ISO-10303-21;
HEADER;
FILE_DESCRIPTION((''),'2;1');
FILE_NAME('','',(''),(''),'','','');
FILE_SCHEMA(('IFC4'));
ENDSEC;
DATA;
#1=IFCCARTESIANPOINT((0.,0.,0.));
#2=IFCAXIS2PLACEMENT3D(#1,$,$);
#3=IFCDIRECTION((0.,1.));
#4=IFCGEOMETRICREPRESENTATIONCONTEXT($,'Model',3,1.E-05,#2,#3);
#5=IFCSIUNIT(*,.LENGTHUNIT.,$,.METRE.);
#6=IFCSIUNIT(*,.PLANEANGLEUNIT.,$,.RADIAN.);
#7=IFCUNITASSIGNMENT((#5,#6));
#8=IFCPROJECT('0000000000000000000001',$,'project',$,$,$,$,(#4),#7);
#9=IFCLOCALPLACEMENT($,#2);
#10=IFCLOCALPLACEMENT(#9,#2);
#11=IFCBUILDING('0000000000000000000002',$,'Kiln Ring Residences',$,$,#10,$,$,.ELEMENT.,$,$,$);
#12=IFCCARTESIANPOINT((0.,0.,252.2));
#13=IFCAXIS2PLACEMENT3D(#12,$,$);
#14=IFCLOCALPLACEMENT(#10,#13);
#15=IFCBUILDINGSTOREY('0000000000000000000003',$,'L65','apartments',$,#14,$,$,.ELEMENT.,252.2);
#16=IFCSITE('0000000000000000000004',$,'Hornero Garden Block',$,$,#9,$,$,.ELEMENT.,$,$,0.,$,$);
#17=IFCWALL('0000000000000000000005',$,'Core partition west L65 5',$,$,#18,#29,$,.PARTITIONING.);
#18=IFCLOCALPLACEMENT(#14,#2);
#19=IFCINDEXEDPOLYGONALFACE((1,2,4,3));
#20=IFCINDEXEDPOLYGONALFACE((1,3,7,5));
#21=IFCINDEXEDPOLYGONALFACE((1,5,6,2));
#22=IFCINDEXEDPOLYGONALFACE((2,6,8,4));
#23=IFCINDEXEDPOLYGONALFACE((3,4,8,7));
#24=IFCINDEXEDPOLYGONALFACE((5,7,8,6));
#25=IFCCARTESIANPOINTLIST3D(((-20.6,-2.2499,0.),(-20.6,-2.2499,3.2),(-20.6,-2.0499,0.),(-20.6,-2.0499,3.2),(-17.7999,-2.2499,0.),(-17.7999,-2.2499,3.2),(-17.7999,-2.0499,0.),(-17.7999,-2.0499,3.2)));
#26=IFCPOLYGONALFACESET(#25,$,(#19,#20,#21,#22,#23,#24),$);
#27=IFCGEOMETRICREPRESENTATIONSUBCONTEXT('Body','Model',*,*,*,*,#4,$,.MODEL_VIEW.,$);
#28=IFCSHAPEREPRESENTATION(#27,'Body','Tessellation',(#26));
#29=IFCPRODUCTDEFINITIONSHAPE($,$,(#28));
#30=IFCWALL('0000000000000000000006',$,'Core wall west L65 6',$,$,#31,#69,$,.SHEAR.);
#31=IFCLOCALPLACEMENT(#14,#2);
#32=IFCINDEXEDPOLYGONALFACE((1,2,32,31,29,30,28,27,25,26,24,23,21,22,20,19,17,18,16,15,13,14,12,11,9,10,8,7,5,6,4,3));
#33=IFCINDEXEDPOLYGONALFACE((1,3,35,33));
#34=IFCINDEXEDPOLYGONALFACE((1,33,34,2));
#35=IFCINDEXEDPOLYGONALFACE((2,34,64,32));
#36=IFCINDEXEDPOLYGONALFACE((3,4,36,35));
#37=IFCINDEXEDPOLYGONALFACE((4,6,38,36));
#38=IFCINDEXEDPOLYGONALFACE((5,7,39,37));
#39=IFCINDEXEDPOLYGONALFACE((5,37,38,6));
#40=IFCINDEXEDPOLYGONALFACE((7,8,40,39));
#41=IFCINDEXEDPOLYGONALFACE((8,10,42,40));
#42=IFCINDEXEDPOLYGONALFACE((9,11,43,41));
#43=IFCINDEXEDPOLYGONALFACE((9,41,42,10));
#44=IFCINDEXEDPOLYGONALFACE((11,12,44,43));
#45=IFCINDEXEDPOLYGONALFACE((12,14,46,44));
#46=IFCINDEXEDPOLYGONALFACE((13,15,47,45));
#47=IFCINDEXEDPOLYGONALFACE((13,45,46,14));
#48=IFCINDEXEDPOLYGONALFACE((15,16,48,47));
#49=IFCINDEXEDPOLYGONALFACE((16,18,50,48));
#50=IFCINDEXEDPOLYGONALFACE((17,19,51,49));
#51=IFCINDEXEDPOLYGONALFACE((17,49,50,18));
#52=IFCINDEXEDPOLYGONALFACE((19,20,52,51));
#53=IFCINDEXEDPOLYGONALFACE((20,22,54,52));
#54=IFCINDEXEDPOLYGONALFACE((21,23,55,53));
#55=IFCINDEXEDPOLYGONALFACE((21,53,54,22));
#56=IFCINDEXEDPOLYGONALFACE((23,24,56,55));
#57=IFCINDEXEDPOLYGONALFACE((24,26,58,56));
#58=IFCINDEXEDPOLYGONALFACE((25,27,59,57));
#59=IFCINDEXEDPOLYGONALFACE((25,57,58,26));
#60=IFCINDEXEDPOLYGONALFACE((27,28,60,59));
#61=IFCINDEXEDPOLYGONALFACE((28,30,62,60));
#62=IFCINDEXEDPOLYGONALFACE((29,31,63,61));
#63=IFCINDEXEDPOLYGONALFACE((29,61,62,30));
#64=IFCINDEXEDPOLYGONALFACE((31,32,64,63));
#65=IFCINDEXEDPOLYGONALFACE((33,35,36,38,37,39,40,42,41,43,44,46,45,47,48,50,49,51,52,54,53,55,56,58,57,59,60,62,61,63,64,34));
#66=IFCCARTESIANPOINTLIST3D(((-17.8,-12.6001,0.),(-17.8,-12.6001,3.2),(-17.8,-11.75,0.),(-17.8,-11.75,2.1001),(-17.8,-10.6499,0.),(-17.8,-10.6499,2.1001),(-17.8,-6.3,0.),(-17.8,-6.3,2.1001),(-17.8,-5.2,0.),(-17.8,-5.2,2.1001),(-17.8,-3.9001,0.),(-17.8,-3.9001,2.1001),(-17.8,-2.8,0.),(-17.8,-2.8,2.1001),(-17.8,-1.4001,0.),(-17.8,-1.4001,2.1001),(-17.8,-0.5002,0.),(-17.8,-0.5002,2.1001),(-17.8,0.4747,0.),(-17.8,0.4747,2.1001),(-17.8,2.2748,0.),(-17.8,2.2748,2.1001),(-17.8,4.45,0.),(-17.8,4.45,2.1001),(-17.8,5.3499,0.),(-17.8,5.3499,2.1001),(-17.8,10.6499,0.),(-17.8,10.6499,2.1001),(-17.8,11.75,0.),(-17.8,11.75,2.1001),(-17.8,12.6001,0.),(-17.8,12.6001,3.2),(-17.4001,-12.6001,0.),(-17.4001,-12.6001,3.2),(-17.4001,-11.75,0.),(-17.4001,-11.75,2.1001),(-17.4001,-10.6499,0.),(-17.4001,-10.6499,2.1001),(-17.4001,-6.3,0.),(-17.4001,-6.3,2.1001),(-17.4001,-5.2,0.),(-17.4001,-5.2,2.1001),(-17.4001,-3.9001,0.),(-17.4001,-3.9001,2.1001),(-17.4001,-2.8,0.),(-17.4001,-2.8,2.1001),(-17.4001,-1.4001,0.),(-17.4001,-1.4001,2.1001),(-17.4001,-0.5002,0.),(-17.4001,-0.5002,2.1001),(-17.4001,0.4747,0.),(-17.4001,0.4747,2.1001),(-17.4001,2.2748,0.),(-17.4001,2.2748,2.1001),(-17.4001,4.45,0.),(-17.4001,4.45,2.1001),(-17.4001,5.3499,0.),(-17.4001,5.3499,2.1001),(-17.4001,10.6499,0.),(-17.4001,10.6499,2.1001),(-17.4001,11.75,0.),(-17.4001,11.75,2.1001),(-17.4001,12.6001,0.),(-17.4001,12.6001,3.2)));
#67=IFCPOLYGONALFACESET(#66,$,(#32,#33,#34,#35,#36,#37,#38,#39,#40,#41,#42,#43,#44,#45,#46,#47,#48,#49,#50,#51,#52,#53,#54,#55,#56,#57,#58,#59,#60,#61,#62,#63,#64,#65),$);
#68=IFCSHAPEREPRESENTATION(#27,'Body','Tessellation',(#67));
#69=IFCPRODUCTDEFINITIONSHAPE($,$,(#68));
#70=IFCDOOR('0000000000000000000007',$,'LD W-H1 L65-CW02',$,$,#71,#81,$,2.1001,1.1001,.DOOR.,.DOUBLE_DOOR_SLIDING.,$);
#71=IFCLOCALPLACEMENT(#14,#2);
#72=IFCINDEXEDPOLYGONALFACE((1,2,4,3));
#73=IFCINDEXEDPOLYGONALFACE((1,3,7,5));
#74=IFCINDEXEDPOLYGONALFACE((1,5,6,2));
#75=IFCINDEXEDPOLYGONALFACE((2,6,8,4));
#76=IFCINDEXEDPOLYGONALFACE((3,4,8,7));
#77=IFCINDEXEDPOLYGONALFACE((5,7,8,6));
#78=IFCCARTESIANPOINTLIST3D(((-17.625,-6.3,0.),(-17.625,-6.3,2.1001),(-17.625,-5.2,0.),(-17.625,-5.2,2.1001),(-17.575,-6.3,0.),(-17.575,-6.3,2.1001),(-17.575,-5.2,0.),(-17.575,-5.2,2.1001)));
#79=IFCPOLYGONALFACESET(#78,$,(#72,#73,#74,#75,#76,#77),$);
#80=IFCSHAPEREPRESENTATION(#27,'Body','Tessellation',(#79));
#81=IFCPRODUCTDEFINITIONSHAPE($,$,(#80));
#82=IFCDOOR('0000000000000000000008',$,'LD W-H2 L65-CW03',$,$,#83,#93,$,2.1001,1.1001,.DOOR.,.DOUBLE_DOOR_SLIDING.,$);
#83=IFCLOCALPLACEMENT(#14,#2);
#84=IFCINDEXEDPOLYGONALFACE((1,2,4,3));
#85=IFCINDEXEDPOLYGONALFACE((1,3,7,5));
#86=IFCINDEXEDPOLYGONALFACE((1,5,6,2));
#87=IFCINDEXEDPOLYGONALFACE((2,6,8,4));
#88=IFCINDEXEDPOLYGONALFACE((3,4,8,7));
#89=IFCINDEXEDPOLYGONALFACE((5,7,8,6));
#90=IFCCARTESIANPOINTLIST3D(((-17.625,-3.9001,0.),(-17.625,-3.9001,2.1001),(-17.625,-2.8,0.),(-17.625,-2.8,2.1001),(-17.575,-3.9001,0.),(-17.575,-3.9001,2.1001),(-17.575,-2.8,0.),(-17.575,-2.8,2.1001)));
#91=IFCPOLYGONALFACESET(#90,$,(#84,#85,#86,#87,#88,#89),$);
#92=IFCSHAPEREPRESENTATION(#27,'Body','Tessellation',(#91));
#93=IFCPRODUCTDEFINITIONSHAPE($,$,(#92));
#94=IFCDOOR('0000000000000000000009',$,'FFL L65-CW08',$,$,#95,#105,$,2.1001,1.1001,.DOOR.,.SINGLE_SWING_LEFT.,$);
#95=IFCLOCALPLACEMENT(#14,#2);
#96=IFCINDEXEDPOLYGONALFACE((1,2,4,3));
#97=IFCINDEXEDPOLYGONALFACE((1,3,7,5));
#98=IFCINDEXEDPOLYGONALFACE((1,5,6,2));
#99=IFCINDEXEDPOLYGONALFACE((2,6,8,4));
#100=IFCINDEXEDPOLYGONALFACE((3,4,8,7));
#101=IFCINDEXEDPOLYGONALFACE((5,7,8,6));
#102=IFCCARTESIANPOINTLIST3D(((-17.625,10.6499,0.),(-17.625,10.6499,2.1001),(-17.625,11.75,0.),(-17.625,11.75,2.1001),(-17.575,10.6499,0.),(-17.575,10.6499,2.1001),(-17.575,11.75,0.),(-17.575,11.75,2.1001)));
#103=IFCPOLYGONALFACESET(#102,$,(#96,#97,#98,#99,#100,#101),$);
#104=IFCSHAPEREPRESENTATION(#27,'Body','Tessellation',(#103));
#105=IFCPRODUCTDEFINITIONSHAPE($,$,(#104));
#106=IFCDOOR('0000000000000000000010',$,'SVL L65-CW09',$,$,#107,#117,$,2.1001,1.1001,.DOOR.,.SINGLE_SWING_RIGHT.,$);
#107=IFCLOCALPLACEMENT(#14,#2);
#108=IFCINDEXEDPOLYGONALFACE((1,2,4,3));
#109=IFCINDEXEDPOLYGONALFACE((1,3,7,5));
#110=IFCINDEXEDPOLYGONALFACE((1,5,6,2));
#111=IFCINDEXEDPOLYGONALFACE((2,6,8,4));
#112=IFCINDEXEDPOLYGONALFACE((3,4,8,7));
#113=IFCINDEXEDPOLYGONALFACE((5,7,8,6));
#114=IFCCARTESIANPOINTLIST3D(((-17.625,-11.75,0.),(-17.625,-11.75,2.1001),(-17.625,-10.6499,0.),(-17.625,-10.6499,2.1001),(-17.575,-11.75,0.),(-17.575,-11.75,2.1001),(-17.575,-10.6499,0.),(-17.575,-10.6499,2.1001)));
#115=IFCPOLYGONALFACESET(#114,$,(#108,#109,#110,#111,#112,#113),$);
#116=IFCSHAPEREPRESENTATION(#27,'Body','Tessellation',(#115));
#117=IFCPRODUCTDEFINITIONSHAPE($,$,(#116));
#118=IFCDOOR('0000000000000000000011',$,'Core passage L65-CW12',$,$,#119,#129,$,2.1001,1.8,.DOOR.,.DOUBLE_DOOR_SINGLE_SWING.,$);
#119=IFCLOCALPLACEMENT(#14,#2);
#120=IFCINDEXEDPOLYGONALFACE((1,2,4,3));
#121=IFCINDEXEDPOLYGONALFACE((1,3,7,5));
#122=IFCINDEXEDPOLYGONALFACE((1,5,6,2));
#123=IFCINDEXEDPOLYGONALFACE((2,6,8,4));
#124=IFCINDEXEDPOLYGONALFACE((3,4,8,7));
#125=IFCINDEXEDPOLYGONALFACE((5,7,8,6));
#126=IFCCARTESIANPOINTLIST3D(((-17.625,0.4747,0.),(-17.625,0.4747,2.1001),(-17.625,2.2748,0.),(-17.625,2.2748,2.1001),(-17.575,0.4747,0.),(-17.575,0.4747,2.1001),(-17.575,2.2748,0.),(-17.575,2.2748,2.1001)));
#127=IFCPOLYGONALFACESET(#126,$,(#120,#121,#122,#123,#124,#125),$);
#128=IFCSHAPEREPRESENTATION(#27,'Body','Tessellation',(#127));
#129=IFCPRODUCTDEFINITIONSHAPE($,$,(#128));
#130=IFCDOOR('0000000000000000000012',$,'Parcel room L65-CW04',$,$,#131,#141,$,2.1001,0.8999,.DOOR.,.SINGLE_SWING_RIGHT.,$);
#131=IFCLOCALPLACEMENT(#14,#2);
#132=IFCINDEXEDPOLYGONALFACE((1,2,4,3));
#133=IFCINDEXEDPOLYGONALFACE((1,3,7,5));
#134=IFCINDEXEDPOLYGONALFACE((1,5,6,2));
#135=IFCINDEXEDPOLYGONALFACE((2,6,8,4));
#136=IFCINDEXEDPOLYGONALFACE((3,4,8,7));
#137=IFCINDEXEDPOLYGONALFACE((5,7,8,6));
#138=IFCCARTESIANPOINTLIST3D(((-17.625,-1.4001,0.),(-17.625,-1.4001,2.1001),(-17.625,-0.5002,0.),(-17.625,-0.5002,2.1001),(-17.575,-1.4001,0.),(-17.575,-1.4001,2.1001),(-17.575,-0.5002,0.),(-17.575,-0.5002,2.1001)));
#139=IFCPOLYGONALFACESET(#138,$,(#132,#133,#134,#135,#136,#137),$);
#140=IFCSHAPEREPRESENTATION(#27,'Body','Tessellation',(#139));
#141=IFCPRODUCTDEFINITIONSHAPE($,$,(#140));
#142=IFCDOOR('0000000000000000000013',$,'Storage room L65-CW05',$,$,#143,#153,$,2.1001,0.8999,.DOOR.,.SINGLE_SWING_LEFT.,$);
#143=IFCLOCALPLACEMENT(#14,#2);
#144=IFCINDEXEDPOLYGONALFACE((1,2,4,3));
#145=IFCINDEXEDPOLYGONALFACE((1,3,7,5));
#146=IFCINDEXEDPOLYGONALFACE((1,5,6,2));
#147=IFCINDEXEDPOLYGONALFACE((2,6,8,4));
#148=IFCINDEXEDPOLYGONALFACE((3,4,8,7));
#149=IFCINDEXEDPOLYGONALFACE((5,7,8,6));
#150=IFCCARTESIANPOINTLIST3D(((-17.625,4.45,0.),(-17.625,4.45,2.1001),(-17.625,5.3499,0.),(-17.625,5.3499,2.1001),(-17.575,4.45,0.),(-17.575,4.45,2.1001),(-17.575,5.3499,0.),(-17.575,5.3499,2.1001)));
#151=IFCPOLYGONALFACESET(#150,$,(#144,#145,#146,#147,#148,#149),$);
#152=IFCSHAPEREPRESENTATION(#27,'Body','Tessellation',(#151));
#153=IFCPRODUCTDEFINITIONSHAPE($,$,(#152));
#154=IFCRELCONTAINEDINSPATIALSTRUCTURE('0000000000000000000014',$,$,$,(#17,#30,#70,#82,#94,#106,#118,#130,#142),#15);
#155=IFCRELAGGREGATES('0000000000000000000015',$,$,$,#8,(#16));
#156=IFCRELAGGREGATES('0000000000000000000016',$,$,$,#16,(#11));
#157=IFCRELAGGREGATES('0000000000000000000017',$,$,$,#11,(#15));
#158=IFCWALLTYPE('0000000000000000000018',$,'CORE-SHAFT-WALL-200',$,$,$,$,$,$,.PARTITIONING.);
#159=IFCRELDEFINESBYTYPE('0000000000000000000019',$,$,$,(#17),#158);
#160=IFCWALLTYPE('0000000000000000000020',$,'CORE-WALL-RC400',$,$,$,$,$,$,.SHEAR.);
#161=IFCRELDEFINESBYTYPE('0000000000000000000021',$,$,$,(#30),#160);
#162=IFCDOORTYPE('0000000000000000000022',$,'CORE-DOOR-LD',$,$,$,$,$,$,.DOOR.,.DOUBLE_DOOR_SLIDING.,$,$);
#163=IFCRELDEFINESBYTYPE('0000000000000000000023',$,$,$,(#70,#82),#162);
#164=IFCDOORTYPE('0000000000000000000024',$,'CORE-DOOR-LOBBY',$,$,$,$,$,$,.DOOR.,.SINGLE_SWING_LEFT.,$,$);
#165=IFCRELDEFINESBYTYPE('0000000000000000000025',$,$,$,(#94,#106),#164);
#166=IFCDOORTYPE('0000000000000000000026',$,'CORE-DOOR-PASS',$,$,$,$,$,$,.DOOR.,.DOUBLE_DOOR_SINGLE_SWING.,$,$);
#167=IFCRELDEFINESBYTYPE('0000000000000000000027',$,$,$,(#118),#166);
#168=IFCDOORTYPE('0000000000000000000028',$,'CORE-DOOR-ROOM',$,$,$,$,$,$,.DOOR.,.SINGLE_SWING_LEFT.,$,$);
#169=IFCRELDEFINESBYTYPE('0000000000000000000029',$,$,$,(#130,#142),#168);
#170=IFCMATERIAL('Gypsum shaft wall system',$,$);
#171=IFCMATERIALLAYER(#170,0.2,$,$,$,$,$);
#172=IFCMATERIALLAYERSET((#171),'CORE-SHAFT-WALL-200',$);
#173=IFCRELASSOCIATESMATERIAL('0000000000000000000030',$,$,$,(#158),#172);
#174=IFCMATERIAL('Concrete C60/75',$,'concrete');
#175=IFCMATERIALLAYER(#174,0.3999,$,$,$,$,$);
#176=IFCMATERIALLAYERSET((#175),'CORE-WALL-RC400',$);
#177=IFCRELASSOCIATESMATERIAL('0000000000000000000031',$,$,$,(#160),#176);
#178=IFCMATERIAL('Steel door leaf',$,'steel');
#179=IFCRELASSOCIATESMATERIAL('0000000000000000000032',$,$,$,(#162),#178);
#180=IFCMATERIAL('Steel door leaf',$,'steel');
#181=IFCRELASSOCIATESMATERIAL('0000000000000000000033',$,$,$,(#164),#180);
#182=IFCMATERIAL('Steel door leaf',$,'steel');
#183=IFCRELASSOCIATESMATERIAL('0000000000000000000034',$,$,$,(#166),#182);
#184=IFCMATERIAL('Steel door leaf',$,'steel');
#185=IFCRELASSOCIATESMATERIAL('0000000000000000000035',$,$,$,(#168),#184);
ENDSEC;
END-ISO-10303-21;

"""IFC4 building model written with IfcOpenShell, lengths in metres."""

from ifc_helpers import new_model, si_unit, direction, frame, frame_2d, origin, place, context, subcontext, project, spatial, rectangle, extrude, material, layer, layer_set, type_object, element, fill, save


model = new_model("IFC4")

# Units and contexts
model_context = context("Model", 3, precision=1e-05, world=origin(), true_north=direction((0.0, 1.0)))
body_context = subcontext(model_context, "Body", "Model", "MODEL_VIEW")
ifc_project = project(units=[si_unit("LENGTHUNIT", "METRE"), si_unit("PLANEANGLEUNIT", "RADIAN")], contexts=[model_context])

# Site, building, storey
site_placement = place(None, origin())
site = spatial("IfcSite", under=ifc_project, at=site_placement, Name="Hornero Garden Block", CompositionType="ELEMENT", RefElevation=0.0)
building_placement = place(site_placement, origin())
building = spatial("IfcBuilding", under=site, at=building_placement, Name="Kiln Ring Residences", CompositionType="ELEMENT")
storey_placement = place(building_placement, frame((0.0, 0.0, 252.2)))
storey = spatial("IfcBuildingStorey", under=building, at=storey_placement, Name="L65", Description="apartments", CompositionType="ELEMENT", Elevation=252.2)

# Wall
ifc_material_1 = material(Name="Gypsum shaft wall system")
ifc_layer_1 = layer(ifc_material_1, 0.2)
ifc_layer_set_1 = layer_set([ifc_layer_1], Name="CORE-SHAFT-WALL-200")
wall_type_1 = type_object("IfcWallType", Name="CORE-SHAFT-WALL-200", PredefinedType="PARTITIONING", material=ifc_layer_set_1)
wall_1_placement = place(storey_placement, frame((-17.8, -2.1499, 0.0), z_axis=(0.0, 0.0, 1.0), x_axis=(-1.0, 0.0, 0.0)))
element("IfcWall", 1, at=wall_1_placement, inside=storey, type_object=wall_type_1, Name="Core partition west L65 5", PredefinedType="PARTITIONING", context=body_context, shape_type="SweptSolid", body=[
    extrude(rectangle(XDim=2.8, YDim=0.2, at=frame_2d((1.3999, 0.0))), origin(), (0.0, 0.0, 1.0), 3.2),
])

# Wall, openings, doors
ifc_material_2 = material(Name="Concrete C60/75", Category="concrete")
ifc_layer_2 = layer(ifc_material_2, 0.3999)
ifc_layer_set_2 = layer_set([ifc_layer_2], Name="CORE-WALL-RC400")
wall_type_2 = type_object("IfcWallType", Name="CORE-WALL-RC400", PredefinedType="SHEAR", material=ifc_layer_set_2)
wall_2_placement = place(storey_placement, frame((-17.6001, -12.6001, 0.0), z_axis=(0.0, 0.0, 1.0), x_axis=(0.0, 1.0, 0.0)))
wall_2 = element("IfcWall", 2, at=wall_2_placement, inside=storey, type_object=wall_type_2, Name="Core wall west L65 6", PredefinedType="SHEAR", context=body_context, shape_type="SweptSolid", body=[
    extrude(rectangle(XDim=25.2002, YDim=0.3999, at=frame_2d((12.6001, 0.0))), origin(), (0.0, 0.0, 1.0), 3.2),
])
opening_1_placement = place(wall_2_placement, frame((6.3, 0.0, 0.0)))
opening_1 = element("IfcOpeningElement", 3, at=opening_1_placement, cuts=wall_2, PredefinedType="OPENING", context=body_context, shape_type="SweptSolid", body=[
    extrude(rectangle(XDim=1.1001, YDim=2.1001, at=frame_2d((0.55, 1.05))), frame((0.0, 0.21, 0.0), z_axis=(0.0, -1.0, 0.0), x_axis=(1.0, 0.0, 0.0)), (0.0, 0.0, 1.0), 0.4199),
])
opening_2_placement = place(wall_2_placement, frame((8.7, 0.0, 0.0)))
opening_2 = element("IfcOpeningElement", 4, at=opening_2_placement, cuts=wall_2, PredefinedType="OPENING", context=body_context, shape_type="SweptSolid", body=[
    extrude(rectangle(XDim=1.1001, YDim=2.1001, at=frame_2d((0.55, 1.05))), frame((0.0, 0.21, 0.0), z_axis=(0.0, -1.0, 0.0), x_axis=(1.0, 0.0, 0.0)), (0.0, 0.0, 1.0), 0.4199),
])
opening_3_placement = place(wall_2_placement, frame((11.2, 0.0, 0.0)))
opening_3 = element("IfcOpeningElement", 5, at=opening_3_placement, cuts=wall_2, PredefinedType="OPENING", context=body_context, shape_type="SweptSolid", body=[
    extrude(rectangle(XDim=0.8999, YDim=2.1001, at=frame_2d((0.45, 1.05))), frame((0.0, 0.21, 0.0), z_axis=(0.0, -1.0, 0.0), x_axis=(1.0, 0.0, 0.0)), (0.0, 0.0, 1.0), 0.4199),
])
opening_4_placement = place(wall_2_placement, frame((17.05, 0.0, 0.0)))
opening_4 = element("IfcOpeningElement", 6, at=opening_4_placement, cuts=wall_2, PredefinedType="OPENING", context=body_context, shape_type="SweptSolid", body=[
    extrude(rectangle(XDim=0.8999, YDim=2.1001, at=frame_2d((0.45, 1.05))), frame((0.0, 0.21, 0.0), z_axis=(0.0, -1.0, 0.0), x_axis=(1.0, 0.0, 0.0)), (0.0, 0.0, 1.0), 0.4199),
])
opening_5_placement = place(wall_2_placement, frame((23.25, 0.0, 0.0)))
opening_5 = element("IfcOpeningElement", 7, at=opening_5_placement, cuts=wall_2, PredefinedType="OPENING", context=body_context, shape_type="SweptSolid", body=[
    extrude(rectangle(XDim=1.1001, YDim=2.1001, at=frame_2d((0.55, 1.05))), frame((0.0, 0.21, 0.0), z_axis=(0.0, -1.0, 0.0), x_axis=(1.0, 0.0, 0.0)), (0.0, 0.0, 1.0), 0.4199),
])
opening_6_placement = place(wall_2_placement, frame((0.8501, 0.0, 0.0)))
opening_6 = element("IfcOpeningElement", 8, at=opening_6_placement, cuts=wall_2, PredefinedType="OPENING", context=body_context, shape_type="SweptSolid", body=[
    extrude(rectangle(XDim=1.1001, YDim=2.1001, at=frame_2d((0.55, 1.05))), frame((0.0, 0.21, 0.0), z_axis=(0.0, -1.0, 0.0), x_axis=(1.0, 0.0, 0.0)), (0.0, 0.0, 1.0), 0.4199),
])
opening_7_placement = place(wall_2_placement, frame((13.075, 0.0, 0.0)))
opening_7 = element("IfcOpeningElement", 9, at=opening_7_placement, cuts=wall_2, PredefinedType="OPENING", context=body_context, shape_type="SweptSolid", body=[
    extrude(rectangle(XDim=1.8, YDim=2.1001, at=frame_2d((0.8999, 1.05))), frame((0.0, 0.21, 0.0), z_axis=(0.0, -1.0, 0.0), x_axis=(1.0, 0.0, 0.0)), (0.0, 0.0, 1.0), 0.4199),
])
ifc_material_3 = material(Name="Steel door leaf", Category="steel")
door_type_1 = type_object("IfcDoorType", Name="CORE-DOOR-LD", OperationType="DOUBLE_DOOR_SLIDING", PredefinedType="DOOR", material=ifc_material_3)
door_1_placement = place(opening_1_placement, origin())
door_1 = element("IfcDoor", 10, at=door_1_placement, inside=storey, type_object=door_type_1, Name="LD W-H1 L65-CW02", OperationType="DOUBLE_DOOR_SLIDING", OverallHeight=2.1001, OverallWidth=1.1001, PredefinedType="DOOR", context=body_context, shape_type="SweptSolid", body=[
    extrude(rectangle(XDim=1.1001, YDim=2.1001, at=frame_2d((0.55, 1.05))), frame((0.0, 0.0249, 0.0), z_axis=(0.0, -1.0, 0.0), x_axis=(1.0, 0.0, 0.0)), (0.0, 0.0, 1.0), 0.05),
])
fill(opening_1, door_1)
door_2_placement = place(opening_2_placement, origin())
door_2 = element("IfcDoor", 11, at=door_2_placement, inside=storey, type_object=door_type_1, Name="LD W-H2 L65-CW03", OperationType="DOUBLE_DOOR_SLIDING", OverallHeight=2.1001, OverallWidth=1.1001, PredefinedType="DOOR", context=body_context, shape_type="SweptSolid", body=[
    extrude(rectangle(XDim=1.1001, YDim=2.1001, at=frame_2d((0.55, 1.05))), frame((0.0, 0.0249, 0.0), z_axis=(0.0, -1.0, 0.0), x_axis=(1.0, 0.0, 0.0)), (0.0, 0.0, 1.0), 0.05),
])
fill(opening_2, door_2)
ifc_material_4 = material(Name="Steel door leaf", Category="steel")
door_type_2 = type_object("IfcDoorType", Name="CORE-DOOR-LOBBY", OperationType="SINGLE_SWING_LEFT", PredefinedType="DOOR", material=ifc_material_4)
door_3_placement = place(opening_5_placement, origin())
door_3 = element("IfcDoor", 12, at=door_3_placement, inside=storey, type_object=door_type_2, Name="FFL L65-CW08", OperationType="SINGLE_SWING_LEFT", OverallHeight=2.1001, OverallWidth=1.1001, PredefinedType="DOOR", context=body_context, shape_type="SweptSolid", body=[
    extrude(rectangle(XDim=1.1001, YDim=2.1001, at=frame_2d((0.55, 1.05))), frame((0.0, 0.0249, 0.0), z_axis=(0.0, -1.0, 0.0), x_axis=(1.0, 0.0, 0.0)), (0.0, 0.0, 1.0), 0.05),
])
fill(opening_5, door_3)
door_4_placement = place(opening_6_placement, origin())
door_4 = element("IfcDoor", 13, at=door_4_placement, inside=storey, type_object=door_type_2, Name="SVL L65-CW09", OperationType="SINGLE_SWING_RIGHT", OverallHeight=2.1001, OverallWidth=1.1001, PredefinedType="DOOR", context=body_context, shape_type="SweptSolid", body=[
    extrude(rectangle(XDim=1.1001, YDim=2.1001, at=frame_2d((0.55, 1.05))), frame((0.0, 0.0249, 0.0), z_axis=(0.0, -1.0, 0.0), x_axis=(1.0, 0.0, 0.0)), (0.0, 0.0, 1.0), 0.05),
])
fill(opening_6, door_4)
ifc_material_5 = material(Name="Steel door leaf", Category="steel")
door_type_3 = type_object("IfcDoorType", Name="CORE-DOOR-PASS", OperationType="DOUBLE_DOOR_SINGLE_SWING", PredefinedType="DOOR", material=ifc_material_5)
door_5_placement = place(opening_7_placement, origin())
door_5 = element("IfcDoor", 14, at=door_5_placement, inside=storey, type_object=door_type_3, Name="Core passage L65-CW12", OperationType="DOUBLE_DOOR_SINGLE_SWING", OverallHeight=2.1001, OverallWidth=1.8, PredefinedType="DOOR", context=body_context, shape_type="SweptSolid", body=[
    extrude(rectangle(XDim=1.8, YDim=2.1001, at=frame_2d((0.8999, 1.05))), frame((0.0, 0.0249, 0.0), z_axis=(0.0, -1.0, 0.0), x_axis=(1.0, 0.0, 0.0)), (0.0, 0.0, 1.0), 0.05),
])
fill(opening_7, door_5)
ifc_material_6 = material(Name="Steel door leaf", Category="steel")
door_type_4 = type_object("IfcDoorType", Name="CORE-DOOR-ROOM", OperationType="SINGLE_SWING_LEFT", PredefinedType="DOOR", material=ifc_material_6)
door_6_placement = place(opening_3_placement, origin())
door_6 = element("IfcDoor", 15, at=door_6_placement, inside=storey, type_object=door_type_4, Name="Parcel room L65-CW04", OperationType="SINGLE_SWING_RIGHT", OverallHeight=2.1001, OverallWidth=0.8999, PredefinedType="DOOR", context=body_context, shape_type="SweptSolid", body=[
    extrude(rectangle(XDim=0.8999, YDim=2.1001, at=frame_2d((0.45, 1.05))), frame((0.0, 0.0249, 0.0), z_axis=(0.0, -1.0, 0.0), x_axis=(1.0, 0.0, 0.0)), (0.0, 0.0, 1.0), 0.05),
])
fill(opening_3, door_6)
door_7_placement = place(opening_4_placement, origin())
door_7 = element("IfcDoor", 16, at=door_7_placement, inside=storey, type_object=door_type_4, Name="Storage room L65-CW05", OperationType="SINGLE_SWING_LEFT", OverallHeight=2.1001, OverallWidth=0.8999, PredefinedType="DOOR", context=body_context, shape_type="SweptSolid", body=[
    extrude(rectangle(XDim=0.8999, YDim=2.1001, at=frame_2d((0.45, 1.05))), frame((0.0, 0.0249, 0.0), z_axis=(0.0, -1.0, 0.0), x_axis=(1.0, 0.0, 0.0)), (0.0, 0.0, 1.0), 0.05),
])
fill(opening_4, door_7)

save(model, "model.ifc")
